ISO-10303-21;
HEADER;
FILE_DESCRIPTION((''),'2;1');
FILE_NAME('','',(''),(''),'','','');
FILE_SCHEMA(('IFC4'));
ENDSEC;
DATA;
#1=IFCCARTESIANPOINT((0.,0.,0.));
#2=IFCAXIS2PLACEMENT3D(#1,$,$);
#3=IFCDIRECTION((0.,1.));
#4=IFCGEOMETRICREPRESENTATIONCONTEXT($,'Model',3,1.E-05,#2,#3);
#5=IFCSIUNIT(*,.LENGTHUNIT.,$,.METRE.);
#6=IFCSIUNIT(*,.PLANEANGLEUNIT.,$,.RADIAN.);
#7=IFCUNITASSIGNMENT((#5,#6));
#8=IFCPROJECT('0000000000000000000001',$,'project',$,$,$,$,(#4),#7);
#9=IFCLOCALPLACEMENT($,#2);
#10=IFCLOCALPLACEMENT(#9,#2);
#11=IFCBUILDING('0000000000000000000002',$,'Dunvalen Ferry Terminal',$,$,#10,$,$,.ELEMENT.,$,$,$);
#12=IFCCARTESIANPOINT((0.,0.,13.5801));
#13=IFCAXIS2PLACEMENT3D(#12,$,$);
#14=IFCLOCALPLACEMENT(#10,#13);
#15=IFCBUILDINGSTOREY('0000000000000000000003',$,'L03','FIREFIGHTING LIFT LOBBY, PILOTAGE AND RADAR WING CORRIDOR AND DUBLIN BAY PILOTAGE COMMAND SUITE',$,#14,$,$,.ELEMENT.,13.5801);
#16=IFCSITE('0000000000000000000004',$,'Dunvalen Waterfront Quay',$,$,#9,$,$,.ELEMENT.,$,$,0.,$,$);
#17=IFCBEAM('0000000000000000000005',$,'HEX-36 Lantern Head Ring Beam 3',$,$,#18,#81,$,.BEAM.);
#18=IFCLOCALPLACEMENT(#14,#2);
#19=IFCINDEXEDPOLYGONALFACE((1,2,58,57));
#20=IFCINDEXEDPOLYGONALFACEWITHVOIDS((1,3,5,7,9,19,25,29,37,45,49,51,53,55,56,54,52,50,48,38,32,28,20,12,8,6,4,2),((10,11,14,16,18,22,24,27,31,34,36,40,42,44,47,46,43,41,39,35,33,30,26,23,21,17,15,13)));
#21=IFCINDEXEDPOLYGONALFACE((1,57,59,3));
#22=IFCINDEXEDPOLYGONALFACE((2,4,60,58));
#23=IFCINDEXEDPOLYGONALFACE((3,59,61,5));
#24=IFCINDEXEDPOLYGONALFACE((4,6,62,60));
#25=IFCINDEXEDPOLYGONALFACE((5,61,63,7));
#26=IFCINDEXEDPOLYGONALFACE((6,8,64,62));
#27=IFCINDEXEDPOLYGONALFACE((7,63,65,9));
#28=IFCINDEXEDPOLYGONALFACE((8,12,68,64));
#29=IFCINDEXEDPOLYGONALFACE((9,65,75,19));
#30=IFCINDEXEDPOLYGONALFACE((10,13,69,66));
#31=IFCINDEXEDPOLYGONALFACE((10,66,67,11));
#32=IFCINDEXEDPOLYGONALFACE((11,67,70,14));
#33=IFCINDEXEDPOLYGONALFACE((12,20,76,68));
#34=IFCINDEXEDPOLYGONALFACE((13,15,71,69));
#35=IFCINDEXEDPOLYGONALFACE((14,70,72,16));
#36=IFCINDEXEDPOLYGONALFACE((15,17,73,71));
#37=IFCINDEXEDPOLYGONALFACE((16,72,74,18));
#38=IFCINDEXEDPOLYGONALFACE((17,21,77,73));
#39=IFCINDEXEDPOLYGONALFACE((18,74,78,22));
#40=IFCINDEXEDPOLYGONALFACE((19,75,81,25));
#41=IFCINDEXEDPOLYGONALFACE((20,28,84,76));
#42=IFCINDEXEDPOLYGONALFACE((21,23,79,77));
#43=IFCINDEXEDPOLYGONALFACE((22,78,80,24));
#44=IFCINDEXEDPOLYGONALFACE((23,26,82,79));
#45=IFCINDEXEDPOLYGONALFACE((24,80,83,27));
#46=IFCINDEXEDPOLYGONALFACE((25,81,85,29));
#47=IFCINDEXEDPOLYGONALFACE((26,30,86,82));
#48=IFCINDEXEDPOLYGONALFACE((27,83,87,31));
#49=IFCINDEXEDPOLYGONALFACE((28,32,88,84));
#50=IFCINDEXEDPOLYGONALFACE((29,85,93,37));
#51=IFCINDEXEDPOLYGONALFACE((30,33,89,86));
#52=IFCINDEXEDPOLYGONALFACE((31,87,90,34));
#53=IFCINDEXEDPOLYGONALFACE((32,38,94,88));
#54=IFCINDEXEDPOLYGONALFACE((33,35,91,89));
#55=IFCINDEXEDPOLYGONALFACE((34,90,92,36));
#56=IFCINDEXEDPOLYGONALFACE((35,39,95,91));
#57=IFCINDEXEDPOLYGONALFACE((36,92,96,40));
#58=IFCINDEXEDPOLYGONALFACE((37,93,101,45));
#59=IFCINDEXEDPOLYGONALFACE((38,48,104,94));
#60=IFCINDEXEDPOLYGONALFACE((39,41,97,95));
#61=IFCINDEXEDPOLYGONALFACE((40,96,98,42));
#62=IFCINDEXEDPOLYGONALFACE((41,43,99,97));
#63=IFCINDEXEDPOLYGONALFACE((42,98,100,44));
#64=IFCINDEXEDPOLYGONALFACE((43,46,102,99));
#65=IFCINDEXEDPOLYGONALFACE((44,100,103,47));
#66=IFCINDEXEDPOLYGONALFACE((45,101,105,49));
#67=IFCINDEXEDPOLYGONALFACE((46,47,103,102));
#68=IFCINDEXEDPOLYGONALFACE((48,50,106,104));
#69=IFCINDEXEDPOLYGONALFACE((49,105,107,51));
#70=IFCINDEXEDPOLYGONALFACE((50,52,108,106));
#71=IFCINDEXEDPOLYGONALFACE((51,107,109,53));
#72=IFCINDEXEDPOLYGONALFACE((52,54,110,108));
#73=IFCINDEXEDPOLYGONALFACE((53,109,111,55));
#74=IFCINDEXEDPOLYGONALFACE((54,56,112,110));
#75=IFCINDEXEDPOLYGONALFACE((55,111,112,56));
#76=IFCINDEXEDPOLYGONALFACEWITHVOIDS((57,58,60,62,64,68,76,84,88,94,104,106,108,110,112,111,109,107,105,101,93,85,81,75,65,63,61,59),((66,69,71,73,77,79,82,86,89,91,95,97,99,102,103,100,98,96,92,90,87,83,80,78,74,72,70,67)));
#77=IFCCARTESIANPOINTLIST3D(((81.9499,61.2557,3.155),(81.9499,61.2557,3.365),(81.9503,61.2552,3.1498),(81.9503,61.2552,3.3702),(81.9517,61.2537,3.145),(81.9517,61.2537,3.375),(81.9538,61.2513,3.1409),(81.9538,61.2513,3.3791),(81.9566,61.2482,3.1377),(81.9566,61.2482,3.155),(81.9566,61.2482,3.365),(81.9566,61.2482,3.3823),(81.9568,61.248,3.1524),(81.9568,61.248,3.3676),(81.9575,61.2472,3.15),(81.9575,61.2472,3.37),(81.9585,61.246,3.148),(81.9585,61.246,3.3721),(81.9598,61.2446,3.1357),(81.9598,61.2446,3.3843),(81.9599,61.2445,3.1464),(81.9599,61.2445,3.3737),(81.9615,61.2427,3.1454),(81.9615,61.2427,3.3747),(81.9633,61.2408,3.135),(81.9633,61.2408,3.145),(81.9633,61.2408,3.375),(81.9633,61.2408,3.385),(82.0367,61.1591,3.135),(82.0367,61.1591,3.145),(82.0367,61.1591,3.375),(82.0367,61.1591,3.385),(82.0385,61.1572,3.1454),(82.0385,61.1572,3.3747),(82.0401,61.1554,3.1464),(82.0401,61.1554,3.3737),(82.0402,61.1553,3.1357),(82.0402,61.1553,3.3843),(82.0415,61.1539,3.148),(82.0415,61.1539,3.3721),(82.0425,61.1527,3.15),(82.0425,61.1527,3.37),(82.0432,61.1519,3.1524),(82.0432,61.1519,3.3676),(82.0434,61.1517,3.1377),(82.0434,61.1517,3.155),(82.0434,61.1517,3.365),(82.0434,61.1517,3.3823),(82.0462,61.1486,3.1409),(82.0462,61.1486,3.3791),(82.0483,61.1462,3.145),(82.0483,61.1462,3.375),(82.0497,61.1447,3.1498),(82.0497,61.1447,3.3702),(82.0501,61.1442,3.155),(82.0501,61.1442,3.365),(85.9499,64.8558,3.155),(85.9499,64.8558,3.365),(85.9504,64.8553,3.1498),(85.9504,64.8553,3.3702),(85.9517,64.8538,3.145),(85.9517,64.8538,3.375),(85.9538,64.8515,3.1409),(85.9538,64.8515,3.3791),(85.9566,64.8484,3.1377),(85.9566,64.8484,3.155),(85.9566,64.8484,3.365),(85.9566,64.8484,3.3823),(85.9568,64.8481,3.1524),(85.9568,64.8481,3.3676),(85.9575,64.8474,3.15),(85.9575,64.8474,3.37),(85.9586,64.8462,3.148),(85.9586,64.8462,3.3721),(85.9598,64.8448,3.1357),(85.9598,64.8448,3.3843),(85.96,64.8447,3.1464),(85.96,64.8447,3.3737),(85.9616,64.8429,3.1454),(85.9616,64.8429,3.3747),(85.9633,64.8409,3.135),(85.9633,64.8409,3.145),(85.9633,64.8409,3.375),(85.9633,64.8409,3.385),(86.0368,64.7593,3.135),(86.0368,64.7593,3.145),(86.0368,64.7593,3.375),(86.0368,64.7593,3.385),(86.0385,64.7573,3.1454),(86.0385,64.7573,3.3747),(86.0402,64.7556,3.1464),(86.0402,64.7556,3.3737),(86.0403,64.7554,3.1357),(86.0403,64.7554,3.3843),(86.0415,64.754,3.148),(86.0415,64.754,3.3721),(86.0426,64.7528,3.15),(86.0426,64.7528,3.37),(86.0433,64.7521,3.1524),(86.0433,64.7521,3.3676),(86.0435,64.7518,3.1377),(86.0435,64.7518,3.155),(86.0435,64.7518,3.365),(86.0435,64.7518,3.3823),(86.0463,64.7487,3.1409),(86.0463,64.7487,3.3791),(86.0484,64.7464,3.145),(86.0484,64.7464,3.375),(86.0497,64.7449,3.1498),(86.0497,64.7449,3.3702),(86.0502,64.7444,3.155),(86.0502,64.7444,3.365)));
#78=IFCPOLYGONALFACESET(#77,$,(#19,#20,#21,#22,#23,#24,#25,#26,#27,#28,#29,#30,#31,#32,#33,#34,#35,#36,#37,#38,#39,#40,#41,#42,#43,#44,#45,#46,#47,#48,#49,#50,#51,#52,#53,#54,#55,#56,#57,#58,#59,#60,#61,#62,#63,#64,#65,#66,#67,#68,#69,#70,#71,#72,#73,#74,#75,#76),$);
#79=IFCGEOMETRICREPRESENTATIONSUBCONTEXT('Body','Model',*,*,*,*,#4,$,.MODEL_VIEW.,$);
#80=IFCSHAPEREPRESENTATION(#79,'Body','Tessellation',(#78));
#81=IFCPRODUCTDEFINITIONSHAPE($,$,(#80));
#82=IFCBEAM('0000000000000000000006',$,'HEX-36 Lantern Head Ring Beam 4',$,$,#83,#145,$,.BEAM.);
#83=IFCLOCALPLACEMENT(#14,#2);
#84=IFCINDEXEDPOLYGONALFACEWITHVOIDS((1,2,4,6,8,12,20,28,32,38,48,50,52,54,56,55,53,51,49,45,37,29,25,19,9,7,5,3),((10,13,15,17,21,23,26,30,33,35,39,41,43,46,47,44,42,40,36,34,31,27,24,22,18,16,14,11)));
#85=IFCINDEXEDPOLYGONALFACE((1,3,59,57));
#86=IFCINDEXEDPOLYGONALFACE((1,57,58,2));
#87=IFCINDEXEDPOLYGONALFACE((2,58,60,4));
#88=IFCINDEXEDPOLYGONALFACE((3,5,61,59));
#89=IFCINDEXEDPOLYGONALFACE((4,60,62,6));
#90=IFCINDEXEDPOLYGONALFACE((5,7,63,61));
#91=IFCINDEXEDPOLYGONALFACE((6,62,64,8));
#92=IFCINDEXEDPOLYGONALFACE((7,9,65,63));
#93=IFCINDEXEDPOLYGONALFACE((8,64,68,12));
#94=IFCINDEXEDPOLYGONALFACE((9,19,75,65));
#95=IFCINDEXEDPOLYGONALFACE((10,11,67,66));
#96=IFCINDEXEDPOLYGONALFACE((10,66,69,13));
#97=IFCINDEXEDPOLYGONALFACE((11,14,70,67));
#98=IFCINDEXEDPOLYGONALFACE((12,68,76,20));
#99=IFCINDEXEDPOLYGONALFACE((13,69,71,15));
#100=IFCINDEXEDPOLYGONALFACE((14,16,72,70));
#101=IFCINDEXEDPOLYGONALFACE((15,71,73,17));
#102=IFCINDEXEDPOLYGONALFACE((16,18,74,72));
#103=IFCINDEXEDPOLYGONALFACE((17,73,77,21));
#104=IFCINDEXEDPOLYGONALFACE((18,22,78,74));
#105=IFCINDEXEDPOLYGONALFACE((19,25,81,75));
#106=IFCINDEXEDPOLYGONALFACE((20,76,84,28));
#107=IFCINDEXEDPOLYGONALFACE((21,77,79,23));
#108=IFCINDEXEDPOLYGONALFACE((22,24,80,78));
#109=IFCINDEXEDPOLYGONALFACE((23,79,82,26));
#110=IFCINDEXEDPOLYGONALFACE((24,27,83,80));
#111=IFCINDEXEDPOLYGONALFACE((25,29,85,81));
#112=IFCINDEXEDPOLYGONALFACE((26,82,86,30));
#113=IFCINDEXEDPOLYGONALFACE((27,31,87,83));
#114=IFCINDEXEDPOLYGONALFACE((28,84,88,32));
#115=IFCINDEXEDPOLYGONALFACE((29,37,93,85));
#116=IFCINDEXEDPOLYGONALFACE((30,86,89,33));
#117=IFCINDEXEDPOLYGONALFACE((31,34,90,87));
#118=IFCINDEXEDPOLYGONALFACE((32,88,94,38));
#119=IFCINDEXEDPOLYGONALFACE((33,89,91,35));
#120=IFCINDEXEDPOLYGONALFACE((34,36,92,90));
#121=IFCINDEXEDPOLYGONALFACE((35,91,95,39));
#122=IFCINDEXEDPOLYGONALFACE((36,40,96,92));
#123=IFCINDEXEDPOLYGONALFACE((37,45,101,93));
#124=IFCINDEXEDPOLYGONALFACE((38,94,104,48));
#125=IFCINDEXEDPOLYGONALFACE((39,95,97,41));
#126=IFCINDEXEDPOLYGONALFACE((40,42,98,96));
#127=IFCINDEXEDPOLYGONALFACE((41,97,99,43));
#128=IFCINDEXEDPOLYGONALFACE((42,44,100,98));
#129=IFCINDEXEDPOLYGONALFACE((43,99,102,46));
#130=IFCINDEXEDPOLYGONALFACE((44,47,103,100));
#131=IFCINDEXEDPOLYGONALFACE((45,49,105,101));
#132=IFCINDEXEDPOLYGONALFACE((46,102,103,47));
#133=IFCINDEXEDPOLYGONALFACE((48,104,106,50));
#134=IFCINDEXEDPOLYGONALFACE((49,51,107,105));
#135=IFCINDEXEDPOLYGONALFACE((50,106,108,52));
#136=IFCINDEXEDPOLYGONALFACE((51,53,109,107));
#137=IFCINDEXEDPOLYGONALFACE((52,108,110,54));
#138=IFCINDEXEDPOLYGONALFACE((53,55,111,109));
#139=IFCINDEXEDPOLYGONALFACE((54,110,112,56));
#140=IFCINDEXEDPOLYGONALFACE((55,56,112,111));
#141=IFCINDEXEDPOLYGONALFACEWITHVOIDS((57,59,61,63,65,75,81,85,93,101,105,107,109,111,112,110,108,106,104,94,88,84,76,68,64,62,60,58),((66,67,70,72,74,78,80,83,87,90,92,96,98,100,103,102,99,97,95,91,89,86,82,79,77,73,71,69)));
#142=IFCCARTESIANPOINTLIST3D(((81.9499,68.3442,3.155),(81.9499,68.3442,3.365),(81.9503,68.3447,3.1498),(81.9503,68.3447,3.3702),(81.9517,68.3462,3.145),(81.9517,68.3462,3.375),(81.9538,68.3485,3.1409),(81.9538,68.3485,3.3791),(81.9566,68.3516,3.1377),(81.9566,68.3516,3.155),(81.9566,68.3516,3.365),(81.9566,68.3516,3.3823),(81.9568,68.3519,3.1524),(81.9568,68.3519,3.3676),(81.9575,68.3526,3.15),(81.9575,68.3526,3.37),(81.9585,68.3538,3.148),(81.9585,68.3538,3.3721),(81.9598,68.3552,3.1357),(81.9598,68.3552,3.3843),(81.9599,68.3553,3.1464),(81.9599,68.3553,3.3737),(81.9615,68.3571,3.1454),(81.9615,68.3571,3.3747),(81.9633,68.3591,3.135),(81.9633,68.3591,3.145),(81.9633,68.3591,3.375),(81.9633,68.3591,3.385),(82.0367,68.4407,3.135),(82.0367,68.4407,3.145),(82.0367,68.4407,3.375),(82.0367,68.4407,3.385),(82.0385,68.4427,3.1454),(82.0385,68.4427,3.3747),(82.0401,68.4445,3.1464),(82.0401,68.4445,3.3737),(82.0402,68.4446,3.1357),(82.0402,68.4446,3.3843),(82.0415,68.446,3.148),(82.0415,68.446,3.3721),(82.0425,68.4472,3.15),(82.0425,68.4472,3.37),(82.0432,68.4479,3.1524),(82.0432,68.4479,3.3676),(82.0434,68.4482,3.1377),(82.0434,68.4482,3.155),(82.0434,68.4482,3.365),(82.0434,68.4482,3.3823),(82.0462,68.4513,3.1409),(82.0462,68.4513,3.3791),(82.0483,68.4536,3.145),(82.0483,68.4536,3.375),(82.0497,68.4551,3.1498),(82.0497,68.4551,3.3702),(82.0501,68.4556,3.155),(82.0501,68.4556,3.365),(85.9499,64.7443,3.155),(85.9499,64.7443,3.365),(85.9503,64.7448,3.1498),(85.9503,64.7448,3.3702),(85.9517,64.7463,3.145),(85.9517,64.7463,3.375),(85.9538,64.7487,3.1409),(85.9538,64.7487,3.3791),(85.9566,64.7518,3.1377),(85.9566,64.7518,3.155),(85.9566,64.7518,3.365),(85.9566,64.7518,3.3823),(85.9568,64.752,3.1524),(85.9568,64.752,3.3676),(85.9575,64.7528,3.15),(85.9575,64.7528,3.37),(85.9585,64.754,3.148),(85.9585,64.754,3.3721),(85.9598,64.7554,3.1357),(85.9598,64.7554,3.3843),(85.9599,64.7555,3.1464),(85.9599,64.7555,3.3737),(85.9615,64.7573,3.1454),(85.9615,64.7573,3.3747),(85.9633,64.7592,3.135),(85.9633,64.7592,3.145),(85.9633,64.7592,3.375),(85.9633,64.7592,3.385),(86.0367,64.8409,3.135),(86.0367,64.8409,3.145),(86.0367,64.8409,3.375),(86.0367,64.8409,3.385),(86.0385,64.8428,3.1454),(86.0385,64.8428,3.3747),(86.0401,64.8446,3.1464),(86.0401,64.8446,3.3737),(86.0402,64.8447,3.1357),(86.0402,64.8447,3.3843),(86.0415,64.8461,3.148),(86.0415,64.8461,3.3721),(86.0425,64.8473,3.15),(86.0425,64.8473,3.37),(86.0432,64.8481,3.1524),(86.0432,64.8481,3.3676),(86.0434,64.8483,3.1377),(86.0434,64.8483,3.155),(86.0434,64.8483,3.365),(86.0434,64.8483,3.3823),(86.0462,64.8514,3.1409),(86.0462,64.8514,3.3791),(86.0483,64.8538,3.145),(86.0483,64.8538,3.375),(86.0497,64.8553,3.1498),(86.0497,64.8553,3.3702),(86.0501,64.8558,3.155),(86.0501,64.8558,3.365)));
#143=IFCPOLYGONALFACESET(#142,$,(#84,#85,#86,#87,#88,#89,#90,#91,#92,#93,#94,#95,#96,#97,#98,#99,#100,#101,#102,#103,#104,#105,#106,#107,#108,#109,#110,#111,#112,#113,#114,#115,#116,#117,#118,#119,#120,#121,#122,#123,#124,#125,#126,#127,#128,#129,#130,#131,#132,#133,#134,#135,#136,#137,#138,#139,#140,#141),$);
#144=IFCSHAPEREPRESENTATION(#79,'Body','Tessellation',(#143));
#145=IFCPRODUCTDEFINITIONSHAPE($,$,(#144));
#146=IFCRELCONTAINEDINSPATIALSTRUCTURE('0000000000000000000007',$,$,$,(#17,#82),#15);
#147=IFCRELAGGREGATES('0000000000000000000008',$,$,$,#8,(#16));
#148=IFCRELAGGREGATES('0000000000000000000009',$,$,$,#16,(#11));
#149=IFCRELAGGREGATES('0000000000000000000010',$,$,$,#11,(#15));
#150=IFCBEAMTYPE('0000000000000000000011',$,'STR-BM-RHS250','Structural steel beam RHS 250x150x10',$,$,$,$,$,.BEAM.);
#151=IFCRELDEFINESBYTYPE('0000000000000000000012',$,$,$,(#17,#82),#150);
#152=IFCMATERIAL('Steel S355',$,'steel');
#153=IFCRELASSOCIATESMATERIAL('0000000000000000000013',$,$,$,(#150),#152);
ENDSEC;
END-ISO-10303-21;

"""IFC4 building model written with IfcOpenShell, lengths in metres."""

from ifc_helpers import new_model, si_unit, direction, frame, origin, origin_2d, place, context, subcontext, project, spatial, hollow_rectangle, extrude, material, material_profile, profile_set, type_object, element, save


model = new_model("IFC4")

# Units and contexts
model_context = context("Model", 3, precision=1e-05, world=origin(), true_north=direction((0.0, 1.0)))
body_context = subcontext(model_context, "Body", "Model", "MODEL_VIEW")
ifc_project = project(units=[si_unit("LENGTHUNIT", "METRE"), si_unit("PLANEANGLEUNIT", "RADIAN")], contexts=[model_context])

# Site, building, storey
site_placement = place(None, origin())
site = spatial("IfcSite", under=ifc_project, at=site_placement, Name="Dunvalen Waterfront Quay", CompositionType="ELEMENT", RefElevation=0.0)
building_placement = place(site_placement, origin())
building = spatial("IfcBuilding", under=site, at=building_placement, Name="Dunvalen Ferry Terminal", CompositionType="ELEMENT")
storey_placement = place(building_placement, frame((0.0, 0.0, 13.5801)))
storey = spatial("IfcBuildingStorey", under=building, at=storey_placement, Name="L03", Description="FIREFIGHTING LIFT LOBBY, PILOTAGE AND RADAR WING CORRIDOR AND DUBLIN BAY PILOTAGE COMMAND SUITE", CompositionType="ELEMENT", Elevation=13.5801)

# Beams
ifc_material_1 = material(Name="Steel S355", Category="steel")
ifc_material_profile_1 = material_profile(ifc_material_1, hollow_rectangle(XDim=0.1499, YDim=0.25, WallThickness=0.01, InnerFilletRadius=0.01, OuterFilletRadius=0.02, at=origin_2d()), Name="Steel S355")
ifc_profile_set_1 = profile_set([ifc_material_profile_1], Name="Steel S355")
beam_type = type_object("IfcBeamType", Name="STR-BM-RHS250", Description="Structural steel beam RHS 250x150x10", PredefinedType="BEAM", material=ifc_profile_set_1)
beam_1_placement = place(storey_placement, frame((82.0, 61.2, 3.26), z_axis=(0.743285, 0.668975, 0.0), x_axis=(-0.668975, 0.743285, 0.0)))
element("IfcBeam", 1, at=beam_1_placement, inside=storey, type_object=beam_type, Name="HEX-36 Lantern Head Ring Beam 3", PredefinedType="BEAM", context=body_context, shape_type="SweptSolid", body=[
    extrude(hollow_rectangle(XDim=0.1499, YDim=0.25, WallThickness=0.01, InnerFilletRadius=0.01, OuterFilletRadius=0.02, at=origin_2d()), origin(), (0.0, 0.0, 1.0), 5.3816),
])
beam_2_placement = place(storey_placement, frame((86.0, 64.8, 3.26), z_axis=(-0.743308, 0.66895, 0.0), x_axis=(-0.66895, -0.743308, 0.0)))
element("IfcBeam", 2, at=beam_2_placement, inside=storey, type_object=beam_type, Name="HEX-36 Lantern Head Ring Beam 4", PredefinedType="BEAM", context=body_context, shape_type="SweptSolid", body=[
    extrude(hollow_rectangle(XDim=0.1499, YDim=0.25, WallThickness=0.01, InnerFilletRadius=0.01, OuterFilletRadius=0.02, at=origin_2d()), origin(), (0.0, 0.0, 1.0), 5.3813),
])

save(model, "model.ifc")
